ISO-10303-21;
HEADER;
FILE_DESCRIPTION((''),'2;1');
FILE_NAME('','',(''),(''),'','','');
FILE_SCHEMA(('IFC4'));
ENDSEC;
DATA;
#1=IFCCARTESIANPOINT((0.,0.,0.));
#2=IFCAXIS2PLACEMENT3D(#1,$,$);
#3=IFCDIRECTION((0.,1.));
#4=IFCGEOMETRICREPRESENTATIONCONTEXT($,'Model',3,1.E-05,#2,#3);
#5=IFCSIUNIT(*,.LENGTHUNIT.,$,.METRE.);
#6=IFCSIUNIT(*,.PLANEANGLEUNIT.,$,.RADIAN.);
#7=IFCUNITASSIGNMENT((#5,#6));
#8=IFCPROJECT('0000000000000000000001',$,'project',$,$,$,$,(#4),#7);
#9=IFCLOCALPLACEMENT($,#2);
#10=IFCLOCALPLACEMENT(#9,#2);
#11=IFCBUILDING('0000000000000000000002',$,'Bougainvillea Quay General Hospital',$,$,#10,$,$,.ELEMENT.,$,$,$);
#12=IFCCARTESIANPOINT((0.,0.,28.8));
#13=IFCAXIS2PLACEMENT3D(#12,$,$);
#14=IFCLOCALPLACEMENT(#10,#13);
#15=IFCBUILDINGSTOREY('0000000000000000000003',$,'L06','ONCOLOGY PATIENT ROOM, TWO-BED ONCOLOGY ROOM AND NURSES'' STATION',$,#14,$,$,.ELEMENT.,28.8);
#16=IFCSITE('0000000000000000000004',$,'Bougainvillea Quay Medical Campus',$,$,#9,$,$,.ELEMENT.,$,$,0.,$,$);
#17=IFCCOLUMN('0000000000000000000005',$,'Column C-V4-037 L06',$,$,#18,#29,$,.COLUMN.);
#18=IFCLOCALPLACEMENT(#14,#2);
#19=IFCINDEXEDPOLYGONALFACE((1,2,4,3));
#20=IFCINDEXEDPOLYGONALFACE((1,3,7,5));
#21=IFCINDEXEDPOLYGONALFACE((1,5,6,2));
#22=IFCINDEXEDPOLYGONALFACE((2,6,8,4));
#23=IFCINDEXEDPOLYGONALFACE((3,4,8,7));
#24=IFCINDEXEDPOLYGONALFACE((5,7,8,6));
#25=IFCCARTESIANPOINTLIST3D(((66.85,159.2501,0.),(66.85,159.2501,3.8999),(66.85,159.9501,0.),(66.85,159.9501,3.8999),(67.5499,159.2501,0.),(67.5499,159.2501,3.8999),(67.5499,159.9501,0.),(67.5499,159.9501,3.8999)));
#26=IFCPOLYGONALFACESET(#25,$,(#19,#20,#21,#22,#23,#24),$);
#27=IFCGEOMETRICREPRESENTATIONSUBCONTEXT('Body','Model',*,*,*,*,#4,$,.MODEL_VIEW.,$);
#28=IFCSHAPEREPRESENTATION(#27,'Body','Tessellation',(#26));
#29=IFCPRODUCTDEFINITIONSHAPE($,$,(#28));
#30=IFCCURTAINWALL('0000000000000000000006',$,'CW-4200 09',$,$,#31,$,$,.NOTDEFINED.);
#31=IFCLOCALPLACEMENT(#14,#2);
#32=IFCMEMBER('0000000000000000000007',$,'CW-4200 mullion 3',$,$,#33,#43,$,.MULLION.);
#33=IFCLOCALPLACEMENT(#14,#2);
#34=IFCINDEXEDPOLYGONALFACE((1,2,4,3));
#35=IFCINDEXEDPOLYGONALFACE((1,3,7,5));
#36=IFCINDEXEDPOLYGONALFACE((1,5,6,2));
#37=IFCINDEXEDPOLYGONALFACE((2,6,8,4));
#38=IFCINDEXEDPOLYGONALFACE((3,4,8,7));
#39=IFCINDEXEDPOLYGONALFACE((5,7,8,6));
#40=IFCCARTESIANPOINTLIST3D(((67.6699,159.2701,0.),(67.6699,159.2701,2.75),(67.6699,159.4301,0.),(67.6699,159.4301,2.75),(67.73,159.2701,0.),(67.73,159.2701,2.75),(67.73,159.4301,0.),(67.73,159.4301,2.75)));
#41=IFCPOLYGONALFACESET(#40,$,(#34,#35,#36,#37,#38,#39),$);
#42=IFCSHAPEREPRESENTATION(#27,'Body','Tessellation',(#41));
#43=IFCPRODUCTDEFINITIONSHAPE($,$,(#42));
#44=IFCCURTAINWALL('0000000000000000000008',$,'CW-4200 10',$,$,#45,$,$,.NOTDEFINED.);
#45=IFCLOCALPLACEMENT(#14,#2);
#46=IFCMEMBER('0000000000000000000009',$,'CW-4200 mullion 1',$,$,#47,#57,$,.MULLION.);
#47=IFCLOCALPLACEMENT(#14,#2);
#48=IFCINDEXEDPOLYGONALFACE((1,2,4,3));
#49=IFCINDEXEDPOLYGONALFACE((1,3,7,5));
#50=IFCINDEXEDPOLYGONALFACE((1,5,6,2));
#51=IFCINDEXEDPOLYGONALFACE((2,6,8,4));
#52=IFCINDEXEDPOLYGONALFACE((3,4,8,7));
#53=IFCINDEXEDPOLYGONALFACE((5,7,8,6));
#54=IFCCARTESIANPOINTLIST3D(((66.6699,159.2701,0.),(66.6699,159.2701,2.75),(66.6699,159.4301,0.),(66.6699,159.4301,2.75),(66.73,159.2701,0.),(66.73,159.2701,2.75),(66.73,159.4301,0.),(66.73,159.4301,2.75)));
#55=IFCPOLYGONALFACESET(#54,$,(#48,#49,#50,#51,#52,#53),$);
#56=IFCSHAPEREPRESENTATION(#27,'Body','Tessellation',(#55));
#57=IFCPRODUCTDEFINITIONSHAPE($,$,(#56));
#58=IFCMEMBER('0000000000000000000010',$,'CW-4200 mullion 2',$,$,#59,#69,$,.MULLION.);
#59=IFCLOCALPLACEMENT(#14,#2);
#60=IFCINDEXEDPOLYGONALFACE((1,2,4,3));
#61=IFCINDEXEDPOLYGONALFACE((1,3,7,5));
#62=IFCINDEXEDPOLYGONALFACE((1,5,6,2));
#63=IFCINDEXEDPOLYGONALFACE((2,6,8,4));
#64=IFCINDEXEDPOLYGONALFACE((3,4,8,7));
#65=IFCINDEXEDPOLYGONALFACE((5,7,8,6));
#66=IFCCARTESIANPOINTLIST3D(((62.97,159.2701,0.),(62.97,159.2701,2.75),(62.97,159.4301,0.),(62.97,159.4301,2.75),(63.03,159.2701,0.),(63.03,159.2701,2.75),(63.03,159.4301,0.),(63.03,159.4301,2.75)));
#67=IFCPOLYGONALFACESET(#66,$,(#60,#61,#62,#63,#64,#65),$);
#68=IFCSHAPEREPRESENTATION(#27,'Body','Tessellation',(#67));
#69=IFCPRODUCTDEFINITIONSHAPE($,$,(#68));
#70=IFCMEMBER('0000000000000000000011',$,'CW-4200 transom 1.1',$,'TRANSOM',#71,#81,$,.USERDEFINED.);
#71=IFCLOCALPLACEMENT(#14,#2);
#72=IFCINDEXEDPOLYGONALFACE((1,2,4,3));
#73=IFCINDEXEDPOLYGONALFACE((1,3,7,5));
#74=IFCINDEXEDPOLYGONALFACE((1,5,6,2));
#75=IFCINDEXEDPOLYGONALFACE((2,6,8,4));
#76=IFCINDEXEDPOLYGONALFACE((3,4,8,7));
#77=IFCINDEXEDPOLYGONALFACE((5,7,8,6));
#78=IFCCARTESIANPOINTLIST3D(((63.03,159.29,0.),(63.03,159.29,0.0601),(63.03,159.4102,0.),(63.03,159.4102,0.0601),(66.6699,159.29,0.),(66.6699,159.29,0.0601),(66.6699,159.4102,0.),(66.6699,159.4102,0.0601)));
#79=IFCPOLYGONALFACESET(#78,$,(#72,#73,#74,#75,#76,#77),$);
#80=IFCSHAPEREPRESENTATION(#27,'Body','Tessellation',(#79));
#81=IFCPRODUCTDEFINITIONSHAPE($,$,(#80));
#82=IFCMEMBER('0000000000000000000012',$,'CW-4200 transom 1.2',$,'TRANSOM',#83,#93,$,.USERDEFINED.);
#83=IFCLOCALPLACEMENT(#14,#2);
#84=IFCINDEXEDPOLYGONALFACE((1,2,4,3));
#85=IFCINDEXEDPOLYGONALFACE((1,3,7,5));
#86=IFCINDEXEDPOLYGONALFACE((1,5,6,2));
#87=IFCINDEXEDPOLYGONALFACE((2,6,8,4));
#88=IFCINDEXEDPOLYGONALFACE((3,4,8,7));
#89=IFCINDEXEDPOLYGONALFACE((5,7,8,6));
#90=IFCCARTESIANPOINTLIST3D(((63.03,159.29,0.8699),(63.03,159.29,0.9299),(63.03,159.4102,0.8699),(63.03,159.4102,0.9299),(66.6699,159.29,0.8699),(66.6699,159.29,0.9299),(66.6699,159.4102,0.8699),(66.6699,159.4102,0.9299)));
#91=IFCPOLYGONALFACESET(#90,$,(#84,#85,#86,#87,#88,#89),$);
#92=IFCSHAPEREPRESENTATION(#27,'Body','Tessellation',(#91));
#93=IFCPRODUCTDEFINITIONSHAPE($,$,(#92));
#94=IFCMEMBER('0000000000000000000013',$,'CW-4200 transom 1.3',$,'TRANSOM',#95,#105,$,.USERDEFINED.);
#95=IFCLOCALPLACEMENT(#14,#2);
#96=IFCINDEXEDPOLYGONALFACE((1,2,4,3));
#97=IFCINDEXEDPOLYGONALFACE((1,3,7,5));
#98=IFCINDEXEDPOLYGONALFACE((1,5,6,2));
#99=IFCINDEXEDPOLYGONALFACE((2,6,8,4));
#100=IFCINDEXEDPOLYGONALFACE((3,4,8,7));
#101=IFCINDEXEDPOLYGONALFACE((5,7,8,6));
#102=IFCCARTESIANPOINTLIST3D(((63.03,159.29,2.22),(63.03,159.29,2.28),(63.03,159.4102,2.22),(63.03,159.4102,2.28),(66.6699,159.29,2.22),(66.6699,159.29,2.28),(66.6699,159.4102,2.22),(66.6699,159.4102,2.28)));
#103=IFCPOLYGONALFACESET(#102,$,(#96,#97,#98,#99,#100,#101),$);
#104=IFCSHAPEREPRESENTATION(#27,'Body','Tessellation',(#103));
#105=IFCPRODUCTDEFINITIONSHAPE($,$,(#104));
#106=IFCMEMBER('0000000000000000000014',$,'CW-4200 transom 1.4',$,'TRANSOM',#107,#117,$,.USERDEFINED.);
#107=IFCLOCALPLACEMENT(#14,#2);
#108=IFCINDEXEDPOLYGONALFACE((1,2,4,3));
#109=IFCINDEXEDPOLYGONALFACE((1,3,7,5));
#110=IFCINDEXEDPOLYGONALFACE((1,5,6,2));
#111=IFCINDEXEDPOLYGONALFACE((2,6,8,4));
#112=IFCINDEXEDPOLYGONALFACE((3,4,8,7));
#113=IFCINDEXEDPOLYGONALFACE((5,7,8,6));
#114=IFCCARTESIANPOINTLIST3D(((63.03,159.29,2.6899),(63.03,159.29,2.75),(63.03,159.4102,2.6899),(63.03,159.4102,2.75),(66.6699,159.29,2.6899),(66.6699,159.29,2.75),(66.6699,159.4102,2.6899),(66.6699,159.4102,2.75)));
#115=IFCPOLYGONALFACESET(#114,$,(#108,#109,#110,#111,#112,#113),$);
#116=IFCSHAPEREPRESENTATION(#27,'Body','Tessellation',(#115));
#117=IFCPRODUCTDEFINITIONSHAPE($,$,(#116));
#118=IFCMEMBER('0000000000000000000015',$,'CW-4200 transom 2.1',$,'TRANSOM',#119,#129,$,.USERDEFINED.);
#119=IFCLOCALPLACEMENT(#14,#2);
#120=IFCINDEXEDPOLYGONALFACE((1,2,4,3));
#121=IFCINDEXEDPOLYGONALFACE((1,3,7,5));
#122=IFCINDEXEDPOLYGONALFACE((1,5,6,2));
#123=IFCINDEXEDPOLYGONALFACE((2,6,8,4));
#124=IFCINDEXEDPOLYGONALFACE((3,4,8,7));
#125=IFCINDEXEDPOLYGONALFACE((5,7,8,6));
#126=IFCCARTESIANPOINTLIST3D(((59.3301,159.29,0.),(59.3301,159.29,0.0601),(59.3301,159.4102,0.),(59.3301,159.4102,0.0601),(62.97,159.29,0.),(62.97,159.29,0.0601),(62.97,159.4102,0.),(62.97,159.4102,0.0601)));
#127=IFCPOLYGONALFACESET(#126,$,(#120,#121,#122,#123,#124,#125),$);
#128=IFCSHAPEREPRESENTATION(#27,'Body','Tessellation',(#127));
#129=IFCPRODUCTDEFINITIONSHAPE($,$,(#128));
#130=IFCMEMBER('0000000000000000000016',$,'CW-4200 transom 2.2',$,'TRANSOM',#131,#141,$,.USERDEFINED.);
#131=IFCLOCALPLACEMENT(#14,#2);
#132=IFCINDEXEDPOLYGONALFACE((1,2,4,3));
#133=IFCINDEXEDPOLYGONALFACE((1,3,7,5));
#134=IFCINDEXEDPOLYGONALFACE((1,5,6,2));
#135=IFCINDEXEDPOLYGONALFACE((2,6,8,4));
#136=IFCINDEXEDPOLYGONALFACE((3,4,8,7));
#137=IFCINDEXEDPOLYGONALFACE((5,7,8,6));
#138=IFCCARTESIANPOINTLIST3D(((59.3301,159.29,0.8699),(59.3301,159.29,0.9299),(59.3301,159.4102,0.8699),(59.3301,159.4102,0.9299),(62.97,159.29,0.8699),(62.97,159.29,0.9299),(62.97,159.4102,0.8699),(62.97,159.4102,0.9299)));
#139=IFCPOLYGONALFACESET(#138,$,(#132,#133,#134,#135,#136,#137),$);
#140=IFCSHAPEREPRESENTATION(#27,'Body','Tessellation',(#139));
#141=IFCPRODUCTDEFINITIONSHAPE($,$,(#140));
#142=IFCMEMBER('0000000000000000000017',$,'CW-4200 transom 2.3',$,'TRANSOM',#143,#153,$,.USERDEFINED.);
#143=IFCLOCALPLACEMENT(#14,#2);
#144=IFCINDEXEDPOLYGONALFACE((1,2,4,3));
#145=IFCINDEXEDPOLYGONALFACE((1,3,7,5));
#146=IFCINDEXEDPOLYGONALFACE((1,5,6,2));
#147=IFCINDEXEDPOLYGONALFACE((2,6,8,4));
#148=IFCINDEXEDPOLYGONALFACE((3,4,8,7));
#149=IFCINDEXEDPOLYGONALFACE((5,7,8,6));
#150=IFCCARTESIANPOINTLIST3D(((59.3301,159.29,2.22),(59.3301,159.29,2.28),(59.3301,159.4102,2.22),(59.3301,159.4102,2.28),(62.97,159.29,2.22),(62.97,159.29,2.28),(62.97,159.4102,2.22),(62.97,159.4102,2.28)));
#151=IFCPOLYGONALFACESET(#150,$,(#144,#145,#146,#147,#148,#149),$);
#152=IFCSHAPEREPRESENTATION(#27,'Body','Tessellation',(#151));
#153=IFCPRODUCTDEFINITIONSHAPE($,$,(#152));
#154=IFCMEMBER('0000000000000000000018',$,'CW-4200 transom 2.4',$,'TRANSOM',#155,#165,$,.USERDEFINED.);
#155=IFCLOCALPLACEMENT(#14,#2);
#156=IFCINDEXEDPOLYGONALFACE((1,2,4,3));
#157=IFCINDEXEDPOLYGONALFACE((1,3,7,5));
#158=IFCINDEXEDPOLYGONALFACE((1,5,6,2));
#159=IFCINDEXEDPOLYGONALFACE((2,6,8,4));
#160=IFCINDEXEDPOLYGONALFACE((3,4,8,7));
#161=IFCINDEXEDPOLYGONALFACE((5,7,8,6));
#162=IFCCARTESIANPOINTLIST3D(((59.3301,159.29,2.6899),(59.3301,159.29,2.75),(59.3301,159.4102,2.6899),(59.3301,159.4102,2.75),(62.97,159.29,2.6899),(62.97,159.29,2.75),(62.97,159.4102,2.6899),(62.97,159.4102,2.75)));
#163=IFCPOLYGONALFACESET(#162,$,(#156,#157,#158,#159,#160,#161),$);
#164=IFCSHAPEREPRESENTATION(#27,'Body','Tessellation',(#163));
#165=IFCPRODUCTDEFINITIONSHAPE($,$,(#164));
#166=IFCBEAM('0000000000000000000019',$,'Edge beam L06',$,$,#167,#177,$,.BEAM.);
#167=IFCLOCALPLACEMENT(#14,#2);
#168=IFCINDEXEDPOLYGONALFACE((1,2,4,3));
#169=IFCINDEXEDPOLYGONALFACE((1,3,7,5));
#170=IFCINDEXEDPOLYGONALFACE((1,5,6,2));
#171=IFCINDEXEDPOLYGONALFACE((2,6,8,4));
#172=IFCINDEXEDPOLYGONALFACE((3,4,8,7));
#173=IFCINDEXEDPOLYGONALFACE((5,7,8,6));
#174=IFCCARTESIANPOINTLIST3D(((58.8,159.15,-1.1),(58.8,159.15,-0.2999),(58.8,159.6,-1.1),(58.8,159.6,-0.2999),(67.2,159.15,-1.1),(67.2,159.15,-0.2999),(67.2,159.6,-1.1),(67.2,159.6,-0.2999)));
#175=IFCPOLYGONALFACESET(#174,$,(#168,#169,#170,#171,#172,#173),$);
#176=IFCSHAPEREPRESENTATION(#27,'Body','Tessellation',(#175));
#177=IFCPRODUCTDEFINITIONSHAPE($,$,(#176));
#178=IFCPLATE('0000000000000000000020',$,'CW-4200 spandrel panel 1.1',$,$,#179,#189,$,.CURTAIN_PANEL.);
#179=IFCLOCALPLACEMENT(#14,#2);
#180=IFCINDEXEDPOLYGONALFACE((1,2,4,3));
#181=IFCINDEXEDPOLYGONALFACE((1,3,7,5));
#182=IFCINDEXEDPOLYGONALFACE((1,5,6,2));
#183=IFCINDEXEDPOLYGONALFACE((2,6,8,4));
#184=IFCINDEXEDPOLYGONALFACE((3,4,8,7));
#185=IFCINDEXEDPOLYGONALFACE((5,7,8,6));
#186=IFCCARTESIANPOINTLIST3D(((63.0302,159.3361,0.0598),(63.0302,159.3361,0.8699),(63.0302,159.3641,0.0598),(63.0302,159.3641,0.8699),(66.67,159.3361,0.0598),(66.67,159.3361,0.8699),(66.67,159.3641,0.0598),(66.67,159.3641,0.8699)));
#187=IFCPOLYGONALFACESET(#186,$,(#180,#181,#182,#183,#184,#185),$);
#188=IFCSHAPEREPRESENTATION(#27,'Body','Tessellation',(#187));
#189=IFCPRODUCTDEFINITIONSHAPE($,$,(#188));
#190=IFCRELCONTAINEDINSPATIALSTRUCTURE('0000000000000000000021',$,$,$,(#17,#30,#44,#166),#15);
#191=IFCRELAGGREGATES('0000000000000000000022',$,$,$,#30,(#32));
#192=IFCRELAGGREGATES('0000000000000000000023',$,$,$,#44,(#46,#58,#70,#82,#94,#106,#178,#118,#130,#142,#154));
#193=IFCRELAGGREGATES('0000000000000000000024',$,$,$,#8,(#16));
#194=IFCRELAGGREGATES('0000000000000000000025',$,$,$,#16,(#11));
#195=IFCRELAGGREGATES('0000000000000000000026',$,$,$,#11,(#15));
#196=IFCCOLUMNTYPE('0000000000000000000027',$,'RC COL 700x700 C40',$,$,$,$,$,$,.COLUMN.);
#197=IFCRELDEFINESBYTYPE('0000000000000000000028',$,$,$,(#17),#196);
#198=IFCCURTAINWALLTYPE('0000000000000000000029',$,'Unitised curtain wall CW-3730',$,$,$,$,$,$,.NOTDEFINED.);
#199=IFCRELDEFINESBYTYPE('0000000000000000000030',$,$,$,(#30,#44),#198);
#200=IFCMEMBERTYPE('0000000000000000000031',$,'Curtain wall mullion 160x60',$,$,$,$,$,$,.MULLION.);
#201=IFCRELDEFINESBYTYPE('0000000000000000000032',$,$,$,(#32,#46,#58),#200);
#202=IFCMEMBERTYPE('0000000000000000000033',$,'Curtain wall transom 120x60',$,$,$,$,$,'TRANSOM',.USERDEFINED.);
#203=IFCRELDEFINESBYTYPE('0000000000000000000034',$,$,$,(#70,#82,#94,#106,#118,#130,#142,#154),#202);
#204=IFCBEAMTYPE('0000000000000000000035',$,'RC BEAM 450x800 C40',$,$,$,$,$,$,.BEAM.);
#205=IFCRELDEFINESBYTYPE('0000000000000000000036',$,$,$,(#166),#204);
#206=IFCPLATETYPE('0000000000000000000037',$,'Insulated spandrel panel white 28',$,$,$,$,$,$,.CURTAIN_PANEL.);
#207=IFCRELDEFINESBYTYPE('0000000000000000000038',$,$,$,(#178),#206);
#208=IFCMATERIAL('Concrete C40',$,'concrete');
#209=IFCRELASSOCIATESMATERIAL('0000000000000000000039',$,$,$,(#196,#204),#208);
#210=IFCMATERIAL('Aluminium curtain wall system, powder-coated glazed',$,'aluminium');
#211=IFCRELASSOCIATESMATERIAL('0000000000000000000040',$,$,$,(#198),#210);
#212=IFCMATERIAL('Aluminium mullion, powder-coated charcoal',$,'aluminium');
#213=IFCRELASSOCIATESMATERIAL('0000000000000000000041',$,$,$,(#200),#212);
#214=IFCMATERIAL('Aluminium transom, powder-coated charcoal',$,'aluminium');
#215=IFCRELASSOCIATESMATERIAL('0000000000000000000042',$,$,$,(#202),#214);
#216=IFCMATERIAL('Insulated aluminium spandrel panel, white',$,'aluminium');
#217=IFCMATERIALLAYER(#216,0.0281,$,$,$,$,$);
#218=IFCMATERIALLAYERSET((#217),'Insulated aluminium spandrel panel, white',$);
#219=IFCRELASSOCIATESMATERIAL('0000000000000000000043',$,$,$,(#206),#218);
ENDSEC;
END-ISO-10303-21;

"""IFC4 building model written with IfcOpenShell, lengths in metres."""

from ifc_helpers import new_model, si_unit, direction, frame, origin, origin_2d, place, context, subcontext, project, spatial, rectangle, extrude, material, layer, layer_set, material_profile, profile_set, type_object, element, aggregate, save


model = new_model("IFC4")

# Units and contexts
model_context = context("Model", 3, precision=1e-05, world=origin(), true_north=direction((0.0, 1.0)))
body_context = subcontext(model_context, "Body", "Model", "MODEL_VIEW")
ifc_project = project(units=[si_unit("LENGTHUNIT", "METRE"), si_unit("PLANEANGLEUNIT", "RADIAN")], contexts=[model_context])

# Site, building, storey
site_placement = place(None, origin())
site = spatial("IfcSite", under=ifc_project, at=site_placement, Name="Bougainvillea Quay Medical Campus", CompositionType="ELEMENT", RefElevation=0.0)
building_placement = place(site_placement, origin())
building = spatial("IfcBuilding", under=site, at=building_placement, Name="Bougainvillea Quay General Hospital", CompositionType="ELEMENT")
storey_placement = place(building_placement, frame((0.0, 0.0, 28.8)))
storey = spatial("IfcBuildingStorey", under=building, at=storey_placement, Name="L06", Description="ONCOLOGY PATIENT ROOM, TWO-BED ONCOLOGY ROOM AND NURSES' STATION", CompositionType="ELEMENT", Elevation=28.8)

# Column
ifc_material_1 = material(Name="Concrete C40", Category="concrete")
ifc_material_profile_1 = material_profile(ifc_material_1, rectangle(XDim=0.7, YDim=0.7, at=origin_2d()))
ifc_profile_set_1 = profile_set([ifc_material_profile_1], Name="Concrete C40")
column_type = type_object("IfcColumnType", Name="RC COL 700x700 C40", PredefinedType="COLUMN", material=ifc_profile_set_1)
column_placement = place(storey_placement, frame((67.2, 159.6001, 0.0), z_axis=(0.0, 0.0, 1.0), x_axis=(1.0, 0.0, 0.0)))
element("IfcColumn", 1, at=column_placement, inside=storey, type_object=column_type, Name="Column C-V4-037 L06", PredefinedType="COLUMN", context=body_context, shape_type="SweptSolid", body=[
    extrude(rectangle(XDim=0.7, YDim=0.7, at=origin_2d()), origin(), (0.0, 0.0, 1.0), 3.8999),
])

# Curtain wall, member
ifc_material_2 = material(Name="Aluminium curtain wall system, powder-coated glazed", Category="aluminium")
curtain_wall_type = type_object("IfcCurtainWallType", Name="Unitised curtain wall CW-3730", PredefinedType="NOTDEFINED", material=ifc_material_2)
curtain_wall_1_placement = place(storey_placement, origin())
curtain_wall_1 = element("IfcCurtainWall", 2, at=curtain_wall_1_placement, inside=storey, type_object=curtain_wall_type, Name="CW-4200 09", PredefinedType="NOTDEFINED")
ifc_material_3 = material(Name="Aluminium mullion, powder-coated charcoal", Category="aluminium")
ifc_material_profile_2 = material_profile(ifc_material_3, rectangle(XDim=0.1599, YDim=0.0601, at=origin_2d()))
ifc_profile_set_2 = profile_set([ifc_material_profile_2], Name="Aluminium mullion, powder-coated charcoal")
member_type_1 = type_object("IfcMemberType", Name="Curtain wall mullion 160x60", PredefinedType="MULLION", material=ifc_profile_set_2)
member_1_placement = place(storey_placement, frame((67.7, 159.3501, 0.0), z_axis=(0.0, 0.0, 1.0), x_axis=(0.0, -1.0, 0.0)))
member_1 = element("IfcMember", 3, at=member_1_placement, type_object=member_type_1, Name="CW-4200 mullion 3", PredefinedType="MULLION", context=body_context, shape_type="SweptSolid", body=[
    extrude(rectangle(XDim=0.1599, YDim=0.0601, at=origin_2d()), origin(), (0.0, 0.0, 1.0), 2.75),
])
aggregate(curtain_wall_1, [member_1])

# Curtain wall, members
curtain_wall_2_placement = place(storey_placement, origin())
curtain_wall_2 = element("IfcCurtainWall", 4, at=curtain_wall_2_placement, inside=storey, type_object=curtain_wall_type, Name="CW-4200 10", PredefinedType="NOTDEFINED")
member_2_placement = place(storey_placement, frame((66.7, 159.3501, 0.0), z_axis=(0.0, 0.0, 1.0), x_axis=(0.0, -1.0, 0.0)))
member_2 = element("IfcMember", 5, at=member_2_placement, type_object=member_type_1, Name="CW-4200 mullion 1", PredefinedType="MULLION", context=body_context, shape_type="SweptSolid", body=[
    extrude(rectangle(XDim=0.1599, YDim=0.0601, at=origin_2d()), origin(), (0.0, 0.0, 1.0), 2.75),
])
member_3_placement = place(storey_placement, frame((63.0, 159.3501, 0.0), z_axis=(0.0, 0.0, 1.0), x_axis=(0.0, -1.0, 0.0)))
member_3 = element("IfcMember", 6, at=member_3_placement, type_object=member_type_1, Name="CW-4200 mullion 2", PredefinedType="MULLION", context=body_context, shape_type="SweptSolid", body=[
    extrude(rectangle(XDim=0.1599, YDim=0.0601, at=origin_2d()), origin(), (0.0, 0.0, 1.0), 2.75),
])
ifc_material_4 = material(Name="Aluminium transom, powder-coated charcoal", Category="aluminium")
ifc_material_profile_3 = material_profile(ifc_material_4, rectangle(XDim=0.1201, YDim=0.0601, at=origin_2d()))
ifc_profile_set_3 = profile_set([ifc_material_profile_3], Name="Aluminium transom, powder-coated charcoal")
member_type_2 = type_object("IfcMemberType", Name="Curtain wall transom 120x60", ElementType="TRANSOM", PredefinedType="USERDEFINED", material=ifc_profile_set_3)
member_4_placement = place(storey_placement, frame((66.6699, 159.3501, 0.03), z_axis=(-1.0, 0.0, 0.0), x_axis=(0.0, -1.0, 0.0)))
member_4 = element("IfcMember", 7, at=member_4_placement, type_object=member_type_2, Name="CW-4200 transom 1.1", ObjectType="TRANSOM", PredefinedType="USERDEFINED", context=body_context, shape_type="SweptSolid", body=[
    extrude(rectangle(XDim=0.1201, YDim=0.0601, at=origin_2d()), origin(), (0.0, 0.0, 1.0), 3.6399),
])
member_5_placement = place(storey_placement, frame((66.6699, 159.3501, 0.8999), z_axis=(-1.0, 0.0, 0.0), x_axis=(0.0, -1.0, 0.0)))
member_5 = element("IfcMember", 8, at=member_5_placement, type_object=member_type_2, Name="CW-4200 transom 1.2", ObjectType="TRANSOM", PredefinedType="USERDEFINED", context=body_context, shape_type="SweptSolid", body=[
    extrude(rectangle(XDim=0.1201, YDim=0.0601, at=origin_2d()), origin(), (0.0, 0.0, 1.0), 3.6399),
])
member_6_placement = place(storey_placement, frame((66.6699, 159.3501, 2.25), z_axis=(-1.0, 0.0, 0.0), x_axis=(0.0, -1.0, 0.0)))
member_6 = element("IfcMember", 9, at=member_6_placement, type_object=member_type_2, Name="CW-4200 transom 1.3", ObjectType="TRANSOM", PredefinedType="USERDEFINED", context=body_context, shape_type="SweptSolid", body=[
    extrude(rectangle(XDim=0.1201, YDim=0.0601, at=origin_2d()), origin(), (0.0, 0.0, 1.0), 3.6399),
])
member_7_placement = place(storey_placement, frame((66.6699, 159.3501, 2.72), z_axis=(-1.0, 0.0, 0.0), x_axis=(0.0, -1.0, 0.0)))
member_7 = element("IfcMember", 10, at=member_7_placement, type_object=member_type_2, Name="CW-4200 transom 1.4", ObjectType="TRANSOM", PredefinedType="USERDEFINED", context=body_context, shape_type="SweptSolid", body=[
    extrude(rectangle(XDim=0.1201, YDim=0.0601, at=origin_2d()), origin(), (0.0, 0.0, 1.0), 3.6399),
])
member_8_placement = place(storey_placement, frame((62.97, 159.3501, 0.03), z_axis=(-1.0, 0.0, 0.0), x_axis=(0.0, -1.0, 0.0)))
member_8 = element("IfcMember", 11, at=member_8_placement, type_object=member_type_2, Name="CW-4200 transom 2.1", ObjectType="TRANSOM", PredefinedType="USERDEFINED", context=body_context, shape_type="SweptSolid", body=[
    extrude(rectangle(XDim=0.1201, YDim=0.0601, at=origin_2d()), origin(), (0.0, 0.0, 1.0), 3.6399),
])
member_9_placement = place(storey_placement, frame((62.97, 159.3501, 0.8999), z_axis=(-1.0, 0.0, 0.0), x_axis=(0.0, -1.0, 0.0)))
member_9 = element("IfcMember", 12, at=member_9_placement, type_object=member_type_2, Name="CW-4200 transom 2.2", ObjectType="TRANSOM", PredefinedType="USERDEFINED", context=body_context, shape_type="SweptSolid", body=[
    extrude(rectangle(XDim=0.1201, YDim=0.0601, at=origin_2d()), origin(), (0.0, 0.0, 1.0), 3.6399),
])
member_10_placement = place(storey_placement, frame((62.97, 159.3501, 2.25), z_axis=(-1.0, 0.0, 0.0), x_axis=(0.0, -1.0, 0.0)))
member_10 = element("IfcMember", 13, at=member_10_placement, type_object=member_type_2, Name="CW-4200 transom 2.3", ObjectType="TRANSOM", PredefinedType="USERDEFINED", context=body_context, shape_type="SweptSolid", body=[
    extrude(rectangle(XDim=0.1201, YDim=0.0601, at=origin_2d()), origin(), (0.0, 0.0, 1.0), 3.6399),
])
member_11_placement = place(storey_placement, frame((62.97, 159.3501, 2.72), z_axis=(-1.0, 0.0, 0.0), x_axis=(0.0, -1.0, 0.0)))
member_11 = element("IfcMember", 14, at=member_11_placement, type_object=member_type_2, Name="CW-4200 transom 2.4", ObjectType="TRANSOM", PredefinedType="USERDEFINED", context=body_context, shape_type="SweptSolid", body=[
    extrude(rectangle(XDim=0.1201, YDim=0.0601, at=origin_2d()), origin(), (0.0, 0.0, 1.0), 3.6399),
])

# Beam
ifc_material_profile_4 = material_profile(ifc_material_1, rectangle(XDim=0.45, YDim=0.8, at=origin_2d()))
ifc_profile_set_4 = profile_set([ifc_material_profile_4], Name="Concrete C40")
beam_type = type_object("IfcBeamType", Name="RC BEAM 450x800 C40", PredefinedType="BEAM", material=ifc_profile_set_4)
beam_placement = place(storey_placement, frame((67.2, 159.375, -0.7), z_axis=(-1.0, 0.0, 0.0), x_axis=(0.0, -1.0, 0.0)))
element("IfcBeam", 15, at=beam_placement, inside=storey, type_object=beam_type, Name="Edge beam L06", PredefinedType="BEAM", context=body_context, shape_type="SweptSolid", body=[
    extrude(rectangle(XDim=0.45, YDim=0.8, at=origin_2d()), origin(), (0.0, 0.0, 1.0), 8.3999),
])

# Plate
ifc_material_5 = material(Name="Insulated aluminium spandrel panel, white", Category="aluminium")
ifc_layer_1 = layer(ifc_material_5, 0.0281)
ifc_layer_set_1 = layer_set([ifc_layer_1], Name="Insulated aluminium spandrel panel, white")
plate_type_1 = type_object("IfcPlateType", Name="Insulated spandrel panel white 28", PredefinedType="CURTAIN_PANEL", material=ifc_layer_set_1)
plate_1_placement = place(storey_placement, frame((64.8501, 159.3501, 0.0598), z_axis=(0.0, 0.0, 1.0), x_axis=(-1.0, 0.0, 0.0)))
plate_1 = element("IfcPlate", 16, at=plate_1_placement, type_object=plate_type_1, Name="CW-4200 spandrel panel 1.1", PredefinedType="CURTAIN_PANEL", context=body_context, shape_type="SweptSolid", body=[
    extrude(rectangle(XDim=3.6399, YDim=0.0281, at=origin_2d()), origin(), (0.0, 0.0, 1.0), 0.8101),
])
aggregate(curtain_wall_2, [member_2, member_3, member_4, member_5, member_6, member_7, plate_1, member_8, member_9, member_10, member_11])

save(model, "model.ifc")
